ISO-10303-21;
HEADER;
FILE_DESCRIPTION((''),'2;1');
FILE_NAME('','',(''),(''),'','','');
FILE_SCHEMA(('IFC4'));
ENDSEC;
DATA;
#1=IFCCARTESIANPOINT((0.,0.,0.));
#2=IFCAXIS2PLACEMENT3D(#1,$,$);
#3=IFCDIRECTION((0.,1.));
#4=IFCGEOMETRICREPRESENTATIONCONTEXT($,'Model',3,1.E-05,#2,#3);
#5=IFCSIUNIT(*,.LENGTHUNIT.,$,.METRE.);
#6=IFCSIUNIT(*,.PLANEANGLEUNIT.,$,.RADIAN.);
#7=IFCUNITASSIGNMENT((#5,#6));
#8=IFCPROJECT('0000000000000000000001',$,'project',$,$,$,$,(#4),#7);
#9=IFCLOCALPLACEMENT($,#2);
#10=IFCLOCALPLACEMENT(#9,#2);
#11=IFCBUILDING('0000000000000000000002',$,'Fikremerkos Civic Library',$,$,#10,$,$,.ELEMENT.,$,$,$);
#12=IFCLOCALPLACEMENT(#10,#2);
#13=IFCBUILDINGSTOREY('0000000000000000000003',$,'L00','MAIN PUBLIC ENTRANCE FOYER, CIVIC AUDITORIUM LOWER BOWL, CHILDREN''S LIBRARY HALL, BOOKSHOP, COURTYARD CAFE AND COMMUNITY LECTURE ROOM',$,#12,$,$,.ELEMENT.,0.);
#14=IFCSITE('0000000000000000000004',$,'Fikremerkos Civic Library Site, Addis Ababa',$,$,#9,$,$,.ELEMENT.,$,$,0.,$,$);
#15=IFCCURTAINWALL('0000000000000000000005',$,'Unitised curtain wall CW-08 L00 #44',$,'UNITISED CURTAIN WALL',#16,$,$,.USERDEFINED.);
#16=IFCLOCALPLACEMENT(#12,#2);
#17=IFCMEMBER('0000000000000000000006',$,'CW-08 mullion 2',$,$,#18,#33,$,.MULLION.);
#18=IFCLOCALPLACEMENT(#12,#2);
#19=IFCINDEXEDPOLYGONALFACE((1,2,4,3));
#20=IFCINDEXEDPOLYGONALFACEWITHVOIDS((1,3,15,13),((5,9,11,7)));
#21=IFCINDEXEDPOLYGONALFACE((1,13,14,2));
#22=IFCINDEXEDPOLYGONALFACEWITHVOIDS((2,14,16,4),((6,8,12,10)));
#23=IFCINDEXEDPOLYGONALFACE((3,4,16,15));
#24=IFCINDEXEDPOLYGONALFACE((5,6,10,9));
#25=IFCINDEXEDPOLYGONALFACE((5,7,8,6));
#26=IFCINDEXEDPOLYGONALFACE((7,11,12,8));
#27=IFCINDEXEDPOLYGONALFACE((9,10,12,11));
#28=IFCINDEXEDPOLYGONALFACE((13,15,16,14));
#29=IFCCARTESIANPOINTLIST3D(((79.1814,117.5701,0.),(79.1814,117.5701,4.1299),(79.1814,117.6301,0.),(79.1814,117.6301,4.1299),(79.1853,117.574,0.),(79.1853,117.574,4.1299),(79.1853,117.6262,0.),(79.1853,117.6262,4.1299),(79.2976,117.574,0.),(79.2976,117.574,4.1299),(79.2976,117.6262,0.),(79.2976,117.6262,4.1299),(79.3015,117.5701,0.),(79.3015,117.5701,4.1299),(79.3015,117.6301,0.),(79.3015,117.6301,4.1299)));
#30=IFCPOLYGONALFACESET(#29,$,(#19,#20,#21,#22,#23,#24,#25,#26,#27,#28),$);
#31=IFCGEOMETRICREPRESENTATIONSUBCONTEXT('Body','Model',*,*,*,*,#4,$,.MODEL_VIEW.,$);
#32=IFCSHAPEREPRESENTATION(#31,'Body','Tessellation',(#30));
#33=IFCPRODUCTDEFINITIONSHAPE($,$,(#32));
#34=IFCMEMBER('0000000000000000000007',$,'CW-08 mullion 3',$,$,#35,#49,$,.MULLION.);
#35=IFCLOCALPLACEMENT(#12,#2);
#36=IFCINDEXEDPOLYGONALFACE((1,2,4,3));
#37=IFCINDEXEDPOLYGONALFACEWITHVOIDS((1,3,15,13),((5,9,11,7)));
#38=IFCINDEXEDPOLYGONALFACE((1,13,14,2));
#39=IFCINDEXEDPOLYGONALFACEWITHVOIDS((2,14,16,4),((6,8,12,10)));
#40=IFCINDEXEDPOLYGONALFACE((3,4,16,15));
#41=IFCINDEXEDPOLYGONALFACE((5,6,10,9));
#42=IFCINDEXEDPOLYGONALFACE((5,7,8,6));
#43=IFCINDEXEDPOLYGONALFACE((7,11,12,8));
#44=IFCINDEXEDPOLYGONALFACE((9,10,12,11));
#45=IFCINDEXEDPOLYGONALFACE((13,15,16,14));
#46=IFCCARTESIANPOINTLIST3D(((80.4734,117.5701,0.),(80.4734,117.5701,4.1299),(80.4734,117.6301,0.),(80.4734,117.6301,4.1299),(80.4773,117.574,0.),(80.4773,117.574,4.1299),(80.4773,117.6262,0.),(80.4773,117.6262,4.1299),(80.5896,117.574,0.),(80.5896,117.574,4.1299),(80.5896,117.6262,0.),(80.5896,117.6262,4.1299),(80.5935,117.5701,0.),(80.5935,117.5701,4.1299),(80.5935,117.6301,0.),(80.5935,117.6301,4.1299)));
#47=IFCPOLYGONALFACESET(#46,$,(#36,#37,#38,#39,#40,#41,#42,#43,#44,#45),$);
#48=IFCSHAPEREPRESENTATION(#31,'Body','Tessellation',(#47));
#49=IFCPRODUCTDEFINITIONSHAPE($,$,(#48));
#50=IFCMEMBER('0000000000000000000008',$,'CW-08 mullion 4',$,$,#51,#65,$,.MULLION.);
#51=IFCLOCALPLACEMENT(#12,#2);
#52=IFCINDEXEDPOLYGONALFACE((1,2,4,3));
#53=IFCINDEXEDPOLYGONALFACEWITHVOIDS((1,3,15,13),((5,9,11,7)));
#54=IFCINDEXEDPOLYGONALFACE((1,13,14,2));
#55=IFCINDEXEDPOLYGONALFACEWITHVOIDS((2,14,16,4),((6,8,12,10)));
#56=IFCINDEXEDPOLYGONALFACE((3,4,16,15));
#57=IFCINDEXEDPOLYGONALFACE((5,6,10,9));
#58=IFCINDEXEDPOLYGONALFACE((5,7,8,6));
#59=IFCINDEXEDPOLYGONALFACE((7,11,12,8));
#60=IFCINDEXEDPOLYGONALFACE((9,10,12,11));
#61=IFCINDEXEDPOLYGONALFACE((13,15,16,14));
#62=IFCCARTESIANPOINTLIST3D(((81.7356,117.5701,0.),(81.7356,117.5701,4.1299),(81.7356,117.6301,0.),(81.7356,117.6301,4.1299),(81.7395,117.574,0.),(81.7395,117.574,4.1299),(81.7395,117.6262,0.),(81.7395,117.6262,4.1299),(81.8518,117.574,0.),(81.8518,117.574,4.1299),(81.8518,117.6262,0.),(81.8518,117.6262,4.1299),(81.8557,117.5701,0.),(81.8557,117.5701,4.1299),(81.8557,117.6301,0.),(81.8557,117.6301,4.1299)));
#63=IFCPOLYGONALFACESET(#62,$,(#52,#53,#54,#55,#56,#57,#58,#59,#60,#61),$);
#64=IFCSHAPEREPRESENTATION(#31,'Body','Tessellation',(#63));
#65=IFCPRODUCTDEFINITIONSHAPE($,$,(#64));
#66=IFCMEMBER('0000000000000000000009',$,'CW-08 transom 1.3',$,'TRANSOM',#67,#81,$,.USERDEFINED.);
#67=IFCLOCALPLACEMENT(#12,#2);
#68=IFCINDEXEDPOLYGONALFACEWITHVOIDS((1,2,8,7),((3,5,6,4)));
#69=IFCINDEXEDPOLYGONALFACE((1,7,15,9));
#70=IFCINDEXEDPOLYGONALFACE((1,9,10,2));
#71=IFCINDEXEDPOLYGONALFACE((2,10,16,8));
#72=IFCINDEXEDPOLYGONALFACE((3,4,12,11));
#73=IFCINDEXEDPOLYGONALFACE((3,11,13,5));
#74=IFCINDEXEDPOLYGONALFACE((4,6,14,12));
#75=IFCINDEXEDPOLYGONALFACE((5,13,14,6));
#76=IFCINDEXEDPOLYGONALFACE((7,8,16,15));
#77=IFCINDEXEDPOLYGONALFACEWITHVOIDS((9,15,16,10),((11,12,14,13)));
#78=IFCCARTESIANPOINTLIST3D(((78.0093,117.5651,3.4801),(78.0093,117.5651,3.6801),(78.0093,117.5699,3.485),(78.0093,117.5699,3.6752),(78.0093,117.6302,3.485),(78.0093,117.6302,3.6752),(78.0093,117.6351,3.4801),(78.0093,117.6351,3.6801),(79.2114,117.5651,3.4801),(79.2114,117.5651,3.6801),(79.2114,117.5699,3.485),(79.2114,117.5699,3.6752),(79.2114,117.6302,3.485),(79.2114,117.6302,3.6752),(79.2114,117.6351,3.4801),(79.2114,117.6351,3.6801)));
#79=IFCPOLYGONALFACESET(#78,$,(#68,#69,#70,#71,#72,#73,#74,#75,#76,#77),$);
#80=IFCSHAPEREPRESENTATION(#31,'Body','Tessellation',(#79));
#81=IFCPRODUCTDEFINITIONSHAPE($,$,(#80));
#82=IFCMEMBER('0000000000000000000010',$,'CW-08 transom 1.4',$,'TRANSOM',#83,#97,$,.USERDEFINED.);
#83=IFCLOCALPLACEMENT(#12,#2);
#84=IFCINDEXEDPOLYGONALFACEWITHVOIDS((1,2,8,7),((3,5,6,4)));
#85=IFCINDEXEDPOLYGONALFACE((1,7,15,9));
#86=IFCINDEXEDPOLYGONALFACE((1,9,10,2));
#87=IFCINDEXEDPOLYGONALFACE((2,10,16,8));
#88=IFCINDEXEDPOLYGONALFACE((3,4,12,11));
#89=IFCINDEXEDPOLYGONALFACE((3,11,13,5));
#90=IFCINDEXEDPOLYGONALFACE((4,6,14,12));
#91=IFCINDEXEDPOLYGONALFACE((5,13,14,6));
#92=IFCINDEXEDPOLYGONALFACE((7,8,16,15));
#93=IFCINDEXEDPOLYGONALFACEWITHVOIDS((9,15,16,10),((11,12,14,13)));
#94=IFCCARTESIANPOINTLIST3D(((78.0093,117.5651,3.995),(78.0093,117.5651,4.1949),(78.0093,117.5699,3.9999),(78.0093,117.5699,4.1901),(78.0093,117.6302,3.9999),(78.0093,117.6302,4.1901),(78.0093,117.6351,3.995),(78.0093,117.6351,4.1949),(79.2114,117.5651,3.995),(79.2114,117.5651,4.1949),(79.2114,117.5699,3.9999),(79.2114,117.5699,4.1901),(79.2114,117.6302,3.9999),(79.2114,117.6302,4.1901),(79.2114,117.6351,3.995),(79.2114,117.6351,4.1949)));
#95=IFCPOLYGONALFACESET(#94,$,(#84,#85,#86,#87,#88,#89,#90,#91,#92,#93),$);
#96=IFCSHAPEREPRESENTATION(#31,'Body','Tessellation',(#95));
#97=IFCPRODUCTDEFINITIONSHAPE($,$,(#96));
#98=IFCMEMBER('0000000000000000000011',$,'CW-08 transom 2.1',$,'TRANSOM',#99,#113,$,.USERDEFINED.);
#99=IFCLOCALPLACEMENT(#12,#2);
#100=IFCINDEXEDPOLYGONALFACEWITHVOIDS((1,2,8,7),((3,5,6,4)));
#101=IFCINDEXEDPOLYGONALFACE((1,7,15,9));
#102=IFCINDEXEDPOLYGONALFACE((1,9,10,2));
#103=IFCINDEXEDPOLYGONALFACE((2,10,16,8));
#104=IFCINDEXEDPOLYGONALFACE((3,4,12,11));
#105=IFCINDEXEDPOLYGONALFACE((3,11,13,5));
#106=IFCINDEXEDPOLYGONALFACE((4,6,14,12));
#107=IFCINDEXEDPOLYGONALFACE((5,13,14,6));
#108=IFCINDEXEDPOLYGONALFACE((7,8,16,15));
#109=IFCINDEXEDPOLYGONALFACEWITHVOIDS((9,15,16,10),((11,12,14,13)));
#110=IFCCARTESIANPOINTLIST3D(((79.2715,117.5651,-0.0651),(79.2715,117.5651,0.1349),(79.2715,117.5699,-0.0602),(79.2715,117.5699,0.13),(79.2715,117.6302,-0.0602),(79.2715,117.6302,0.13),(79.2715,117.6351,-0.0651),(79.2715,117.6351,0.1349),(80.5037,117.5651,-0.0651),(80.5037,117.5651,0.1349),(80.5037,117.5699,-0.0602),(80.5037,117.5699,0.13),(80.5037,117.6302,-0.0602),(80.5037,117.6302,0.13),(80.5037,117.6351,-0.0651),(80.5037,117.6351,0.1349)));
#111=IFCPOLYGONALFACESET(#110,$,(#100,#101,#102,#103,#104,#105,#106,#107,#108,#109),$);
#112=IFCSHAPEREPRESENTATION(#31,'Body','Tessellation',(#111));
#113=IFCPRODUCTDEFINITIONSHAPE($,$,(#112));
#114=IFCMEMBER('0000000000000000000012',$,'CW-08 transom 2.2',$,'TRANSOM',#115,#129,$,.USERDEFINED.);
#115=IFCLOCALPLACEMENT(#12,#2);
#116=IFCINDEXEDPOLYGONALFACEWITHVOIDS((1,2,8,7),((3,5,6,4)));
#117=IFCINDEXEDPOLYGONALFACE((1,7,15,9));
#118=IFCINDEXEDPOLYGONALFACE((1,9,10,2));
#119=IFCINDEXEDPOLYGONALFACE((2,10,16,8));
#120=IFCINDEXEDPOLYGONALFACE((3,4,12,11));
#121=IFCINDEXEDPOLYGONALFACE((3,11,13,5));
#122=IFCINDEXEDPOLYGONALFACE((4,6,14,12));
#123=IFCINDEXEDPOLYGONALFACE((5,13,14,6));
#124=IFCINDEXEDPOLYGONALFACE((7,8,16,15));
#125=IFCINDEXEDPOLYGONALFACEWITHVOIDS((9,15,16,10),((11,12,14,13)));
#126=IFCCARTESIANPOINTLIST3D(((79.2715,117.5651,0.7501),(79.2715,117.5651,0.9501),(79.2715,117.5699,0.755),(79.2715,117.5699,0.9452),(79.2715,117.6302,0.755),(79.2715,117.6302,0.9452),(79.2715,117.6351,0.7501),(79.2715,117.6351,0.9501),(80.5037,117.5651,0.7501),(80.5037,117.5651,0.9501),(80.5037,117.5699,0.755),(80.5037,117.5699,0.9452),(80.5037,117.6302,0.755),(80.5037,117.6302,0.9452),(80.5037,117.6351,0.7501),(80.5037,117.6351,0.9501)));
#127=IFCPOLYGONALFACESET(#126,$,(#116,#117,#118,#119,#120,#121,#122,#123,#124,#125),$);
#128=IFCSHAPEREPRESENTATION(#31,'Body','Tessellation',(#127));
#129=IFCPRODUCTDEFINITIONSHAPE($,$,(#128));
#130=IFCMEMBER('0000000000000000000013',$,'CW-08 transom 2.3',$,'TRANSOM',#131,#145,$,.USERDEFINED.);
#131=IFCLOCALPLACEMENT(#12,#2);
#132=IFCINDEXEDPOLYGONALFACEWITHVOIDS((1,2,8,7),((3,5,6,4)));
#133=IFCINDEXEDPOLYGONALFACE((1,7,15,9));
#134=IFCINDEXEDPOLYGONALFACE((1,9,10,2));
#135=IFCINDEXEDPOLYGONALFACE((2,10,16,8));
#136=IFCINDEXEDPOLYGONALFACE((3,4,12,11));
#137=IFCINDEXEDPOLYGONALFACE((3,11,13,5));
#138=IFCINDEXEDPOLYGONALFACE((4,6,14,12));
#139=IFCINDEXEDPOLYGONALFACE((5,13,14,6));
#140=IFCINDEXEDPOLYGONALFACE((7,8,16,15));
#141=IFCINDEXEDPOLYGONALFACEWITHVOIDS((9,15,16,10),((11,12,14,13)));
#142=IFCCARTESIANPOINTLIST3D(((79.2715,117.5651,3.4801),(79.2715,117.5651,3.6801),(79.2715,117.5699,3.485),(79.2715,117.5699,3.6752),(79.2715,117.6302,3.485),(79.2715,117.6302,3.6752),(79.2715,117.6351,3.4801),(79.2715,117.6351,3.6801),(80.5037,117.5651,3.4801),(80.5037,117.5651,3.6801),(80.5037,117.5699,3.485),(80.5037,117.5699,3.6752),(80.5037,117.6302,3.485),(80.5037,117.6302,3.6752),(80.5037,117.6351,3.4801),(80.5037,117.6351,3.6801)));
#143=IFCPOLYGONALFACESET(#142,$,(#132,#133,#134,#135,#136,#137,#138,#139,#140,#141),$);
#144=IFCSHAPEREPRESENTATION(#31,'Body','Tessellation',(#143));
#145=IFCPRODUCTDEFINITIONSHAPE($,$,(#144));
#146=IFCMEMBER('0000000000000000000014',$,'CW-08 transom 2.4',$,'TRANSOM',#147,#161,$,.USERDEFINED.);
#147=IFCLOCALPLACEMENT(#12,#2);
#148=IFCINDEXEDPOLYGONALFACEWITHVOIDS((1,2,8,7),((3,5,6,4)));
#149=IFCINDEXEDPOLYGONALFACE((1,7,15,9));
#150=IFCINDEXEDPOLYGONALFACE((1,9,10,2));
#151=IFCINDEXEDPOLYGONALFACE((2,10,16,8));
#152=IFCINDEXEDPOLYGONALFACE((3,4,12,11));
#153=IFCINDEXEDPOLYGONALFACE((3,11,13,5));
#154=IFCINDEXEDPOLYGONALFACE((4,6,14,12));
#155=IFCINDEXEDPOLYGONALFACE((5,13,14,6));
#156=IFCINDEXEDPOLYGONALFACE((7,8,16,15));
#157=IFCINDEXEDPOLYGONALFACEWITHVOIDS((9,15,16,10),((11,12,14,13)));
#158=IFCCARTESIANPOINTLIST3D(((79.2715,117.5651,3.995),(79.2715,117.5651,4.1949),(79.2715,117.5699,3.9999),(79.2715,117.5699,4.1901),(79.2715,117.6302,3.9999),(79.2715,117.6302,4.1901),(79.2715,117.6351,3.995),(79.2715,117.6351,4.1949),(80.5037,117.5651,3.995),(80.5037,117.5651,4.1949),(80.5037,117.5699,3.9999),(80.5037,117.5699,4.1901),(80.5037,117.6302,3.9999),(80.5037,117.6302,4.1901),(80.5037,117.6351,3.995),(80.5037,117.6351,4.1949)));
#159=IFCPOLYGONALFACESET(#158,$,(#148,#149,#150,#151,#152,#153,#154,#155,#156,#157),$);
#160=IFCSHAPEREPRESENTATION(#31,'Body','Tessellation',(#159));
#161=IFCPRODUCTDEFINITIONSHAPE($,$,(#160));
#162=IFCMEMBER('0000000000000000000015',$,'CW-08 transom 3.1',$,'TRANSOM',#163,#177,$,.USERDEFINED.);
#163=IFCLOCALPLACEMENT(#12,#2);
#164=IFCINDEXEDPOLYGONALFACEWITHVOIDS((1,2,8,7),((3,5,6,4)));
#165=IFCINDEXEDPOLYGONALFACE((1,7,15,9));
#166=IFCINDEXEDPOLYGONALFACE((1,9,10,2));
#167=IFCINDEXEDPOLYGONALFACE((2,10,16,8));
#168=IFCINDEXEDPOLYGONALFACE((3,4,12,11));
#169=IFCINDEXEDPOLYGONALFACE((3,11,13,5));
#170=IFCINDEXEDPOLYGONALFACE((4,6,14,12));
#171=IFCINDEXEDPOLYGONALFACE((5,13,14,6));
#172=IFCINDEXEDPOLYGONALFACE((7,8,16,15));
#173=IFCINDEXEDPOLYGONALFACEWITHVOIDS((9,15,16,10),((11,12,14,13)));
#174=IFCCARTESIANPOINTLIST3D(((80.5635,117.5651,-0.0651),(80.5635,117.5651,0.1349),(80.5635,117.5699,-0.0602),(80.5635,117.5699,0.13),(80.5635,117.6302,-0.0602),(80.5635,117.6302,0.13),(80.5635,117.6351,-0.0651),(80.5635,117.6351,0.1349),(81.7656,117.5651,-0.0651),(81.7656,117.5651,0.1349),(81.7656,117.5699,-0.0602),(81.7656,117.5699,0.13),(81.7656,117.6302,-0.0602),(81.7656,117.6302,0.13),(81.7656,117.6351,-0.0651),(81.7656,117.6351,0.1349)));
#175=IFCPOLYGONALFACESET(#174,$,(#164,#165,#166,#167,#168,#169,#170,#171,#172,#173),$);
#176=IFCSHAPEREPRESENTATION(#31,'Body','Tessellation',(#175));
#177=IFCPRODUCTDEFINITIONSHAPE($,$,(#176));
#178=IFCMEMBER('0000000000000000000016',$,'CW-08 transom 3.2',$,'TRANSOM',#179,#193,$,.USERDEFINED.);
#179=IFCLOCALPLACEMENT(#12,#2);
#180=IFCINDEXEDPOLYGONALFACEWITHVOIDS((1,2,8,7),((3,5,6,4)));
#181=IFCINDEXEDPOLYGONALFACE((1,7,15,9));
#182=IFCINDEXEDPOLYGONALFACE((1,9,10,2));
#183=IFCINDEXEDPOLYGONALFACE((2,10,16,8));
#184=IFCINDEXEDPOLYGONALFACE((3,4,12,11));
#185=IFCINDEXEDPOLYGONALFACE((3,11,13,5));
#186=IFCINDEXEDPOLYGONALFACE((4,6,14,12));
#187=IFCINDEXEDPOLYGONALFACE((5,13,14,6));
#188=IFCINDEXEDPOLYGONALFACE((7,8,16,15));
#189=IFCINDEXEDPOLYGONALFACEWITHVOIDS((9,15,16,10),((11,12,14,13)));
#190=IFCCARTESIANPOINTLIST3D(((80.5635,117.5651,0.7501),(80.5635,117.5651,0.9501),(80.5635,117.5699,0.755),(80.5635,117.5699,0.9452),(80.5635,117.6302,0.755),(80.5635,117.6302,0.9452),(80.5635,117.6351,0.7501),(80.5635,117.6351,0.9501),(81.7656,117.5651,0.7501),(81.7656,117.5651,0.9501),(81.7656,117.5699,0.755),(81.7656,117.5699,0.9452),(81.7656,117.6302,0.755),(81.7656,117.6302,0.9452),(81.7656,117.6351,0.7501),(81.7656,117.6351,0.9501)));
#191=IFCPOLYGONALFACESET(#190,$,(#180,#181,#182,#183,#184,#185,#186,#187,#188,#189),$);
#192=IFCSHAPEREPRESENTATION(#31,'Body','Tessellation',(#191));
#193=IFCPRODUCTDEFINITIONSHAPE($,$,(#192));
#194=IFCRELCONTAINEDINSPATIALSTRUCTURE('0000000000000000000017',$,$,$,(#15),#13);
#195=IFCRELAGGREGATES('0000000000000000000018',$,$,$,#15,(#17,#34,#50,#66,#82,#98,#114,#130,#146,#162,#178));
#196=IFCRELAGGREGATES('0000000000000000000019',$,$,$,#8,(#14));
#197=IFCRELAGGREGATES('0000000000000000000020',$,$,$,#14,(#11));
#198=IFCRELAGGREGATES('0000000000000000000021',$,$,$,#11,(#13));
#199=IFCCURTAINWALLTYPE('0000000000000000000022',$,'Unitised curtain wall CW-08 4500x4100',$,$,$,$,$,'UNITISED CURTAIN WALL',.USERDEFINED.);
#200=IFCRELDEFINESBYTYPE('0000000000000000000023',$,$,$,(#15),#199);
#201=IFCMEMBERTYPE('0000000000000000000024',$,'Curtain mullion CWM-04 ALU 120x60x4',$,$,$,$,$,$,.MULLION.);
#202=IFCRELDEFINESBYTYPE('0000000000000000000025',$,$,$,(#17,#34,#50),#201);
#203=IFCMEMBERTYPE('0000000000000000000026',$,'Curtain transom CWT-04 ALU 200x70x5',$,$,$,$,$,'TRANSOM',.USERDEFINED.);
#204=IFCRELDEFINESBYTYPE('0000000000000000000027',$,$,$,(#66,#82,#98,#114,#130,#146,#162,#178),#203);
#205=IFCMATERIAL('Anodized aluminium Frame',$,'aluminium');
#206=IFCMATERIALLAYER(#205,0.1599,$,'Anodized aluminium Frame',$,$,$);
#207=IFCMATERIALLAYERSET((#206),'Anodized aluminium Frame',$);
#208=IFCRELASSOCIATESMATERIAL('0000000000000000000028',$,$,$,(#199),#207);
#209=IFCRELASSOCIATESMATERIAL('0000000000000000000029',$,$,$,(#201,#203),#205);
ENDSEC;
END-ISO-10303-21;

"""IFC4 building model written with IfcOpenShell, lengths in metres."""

from ifc_helpers import new_model, si_unit, direction, frame, origin, origin_2d, place, context, subcontext, project, spatial, hollow_rectangle, extrude, material, layer, layer_set, material_profile, profile_set, type_object, element, aggregate, save


model = new_model("IFC4")

# Units and contexts
model_context = context("Model", 3, precision=1e-05, world=origin(), true_north=direction((0.0, 1.0)))
body_context = subcontext(model_context, "Body", "Model", "MODEL_VIEW")
ifc_project = project(units=[si_unit("LENGTHUNIT", "METRE"), si_unit("PLANEANGLEUNIT", "RADIAN")], contexts=[model_context])

# Site, building, storey
site_placement = place(None, origin())
site = spatial("IfcSite", under=ifc_project, at=site_placement, Name="Fikremerkos Civic Library Site, Addis Ababa", CompositionType="ELEMENT", RefElevation=0.0)
building_placement = place(site_placement, origin())
building = spatial("IfcBuilding", under=site, at=building_placement, Name="Fikremerkos Civic Library", CompositionType="ELEMENT")
storey_placement = place(building_placement, origin())
storey = spatial("IfcBuildingStorey", under=building, at=storey_placement, Name="L00", Description="MAIN PUBLIC ENTRANCE FOYER, CIVIC AUDITORIUM LOWER BOWL, CHILDREN'S LIBRARY HALL, BOOKSHOP, COURTYARD CAFE AND COMMUNITY LECTURE ROOM", CompositionType="ELEMENT", Elevation=0.0)

# Curtain wall, members
ifc_material_1 = material(Name="Anodized aluminium Frame", Category="aluminium")
ifc_layer_1 = layer(ifc_material_1, 0.1599, Name="Anodized aluminium Frame")
ifc_layer_set_1 = layer_set([ifc_layer_1], Name="Anodized aluminium Frame")
curtain_wall_type = type_object("IfcCurtainWallType", Name="Unitised curtain wall CW-08 4500x4100", ElementType="UNITISED CURTAIN WALL", PredefinedType="USERDEFINED", material=ifc_layer_set_1)
curtain_wall_placement = place(storey_placement, origin())
curtain_wall = element("IfcCurtainWall", 1, at=curtain_wall_placement, inside=storey, type_object=curtain_wall_type, Name="Unitised curtain wall CW-08 L00 #44", ObjectType="UNITISED CURTAIN WALL", PredefinedType="USERDEFINED")
ifc_material_profile_1 = material_profile(ifc_material_1, hollow_rectangle(XDim=0.0601, YDim=0.1201, WallThickness=0.0039, at=origin_2d()), Name="ALU 120x60x4")
ifc_profile_set_1 = profile_set([ifc_material_profile_1], Name="Anodized aluminium Frame")
member_type_1 = type_object("IfcMemberType", Name="Curtain mullion CWM-04 ALU 120x60x4", PredefinedType="MULLION", material=ifc_profile_set_1)
member_1_placement = place(storey_placement, frame((79.2415, 117.6001, 0.0), z_axis=(0.0, 0.0, 1.0), x_axis=(0.0, 1.0, 0.0)))
member_1 = element("IfcMember", 2, at=member_1_placement, type_object=member_type_1, Name="CW-08 mullion 2", PredefinedType="MULLION", context=body_context, shape_type="SweptSolid", body=[
    extrude(hollow_rectangle(XDim=0.0601, YDim=0.1201, WallThickness=0.0039, at=origin_2d()), origin(), (0.0, 0.0, 1.0), 4.1299),
])
member_2_placement = place(storey_placement, frame((80.5334, 117.6001, 0.0), z_axis=(0.0, 0.0, 1.0), x_axis=(0.0, 1.0, 0.0)))
member_2 = element("IfcMember", 3, at=member_2_placement, type_object=member_type_1, Name="CW-08 mullion 3", PredefinedType="MULLION", context=body_context, shape_type="SweptSolid", body=[
    extrude(hollow_rectangle(XDim=0.0601, YDim=0.1201, WallThickness=0.0039, at=origin_2d()), origin(), (0.0, 0.0, 1.0), 4.1299),
])
member_3_placement = place(storey_placement, frame((81.7957, 117.6001, 0.0), z_axis=(0.0, 0.0, 1.0), x_axis=(0.0, 1.0, 0.0)))
member_3 = element("IfcMember", 4, at=member_3_placement, type_object=member_type_1, Name="CW-08 mullion 4", PredefinedType="MULLION", context=body_context, shape_type="SweptSolid", body=[
    extrude(hollow_rectangle(XDim=0.0601, YDim=0.1201, WallThickness=0.0039, at=origin_2d()), origin(), (0.0, 0.0, 1.0), 4.1299),
])
ifc_material_profile_2 = material_profile(ifc_material_1, hollow_rectangle(XDim=0.0701, YDim=0.2, WallThickness=0.0049, at=origin_2d()), Name="ALU 200x70x5")
ifc_profile_set_2 = profile_set([ifc_material_profile_2], Name="Anodized aluminium Frame")
member_type_2 = type_object("IfcMemberType", Name="Curtain transom CWT-04 ALU 200x70x5", ElementType="TRANSOM", PredefinedType="USERDEFINED", material=ifc_profile_set_2)
member_4_placement = place(storey_placement, frame((78.0093, 117.6001, 3.5801), z_axis=(1.0, 0.0, 0.0), x_axis=(0.0, 1.0, 0.0)))
member_4 = element("IfcMember", 5, at=member_4_placement, type_object=member_type_2, Name="CW-08 transom 1.3", ObjectType="TRANSOM", PredefinedType="USERDEFINED", context=body_context, shape_type="SweptSolid", body=[
    extrude(hollow_rectangle(XDim=0.0701, YDim=0.2, WallThickness=0.0049, at=origin_2d()), origin(), (0.0, 0.0, 1.0), 1.2021),
])
member_5_placement = place(storey_placement, frame((78.0093, 117.6001, 4.095), z_axis=(1.0, 0.0, 0.0), x_axis=(0.0, 1.0, 0.0)))
member_5 = element("IfcMember", 6, at=member_5_placement, type_object=member_type_2, Name="CW-08 transom 1.4", ObjectType="TRANSOM", PredefinedType="USERDEFINED", context=body_context, shape_type="SweptSolid", body=[
    extrude(hollow_rectangle(XDim=0.0701, YDim=0.2, WallThickness=0.0049, at=origin_2d()), origin(), (0.0, 0.0, 1.0), 1.2021),
])
member_6_placement = place(storey_placement, frame((79.2715, 117.6001, 0.0349), z_axis=(1.0, 0.0, 0.0), x_axis=(0.0, 1.0, 0.0)))
member_6 = element("IfcMember", 7, at=member_6_placement, type_object=member_type_2, Name="CW-08 transom 2.1", ObjectType="TRANSOM", PredefinedType="USERDEFINED", context=body_context, shape_type="SweptSolid", body=[
    extrude(hollow_rectangle(XDim=0.0701, YDim=0.2, WallThickness=0.0049, at=origin_2d()), origin(), (0.0, 0.0, 1.0), 1.2322),
])
member_7_placement = place(storey_placement, frame((79.2715, 117.6001, 0.8501), z_axis=(1.0, 0.0, 0.0), x_axis=(0.0, 1.0, 0.0)))
member_7 = element("IfcMember", 8, at=member_7_placement, type_object=member_type_2, Name="CW-08 transom 2.2", ObjectType="TRANSOM", PredefinedType="USERDEFINED", context=body_context, shape_type="SweptSolid", body=[
    extrude(hollow_rectangle(XDim=0.0701, YDim=0.2, WallThickness=0.0049, at=origin_2d()), origin(), (0.0, 0.0, 1.0), 1.2322),
])
member_8_placement = place(storey_placement, frame((79.2715, 117.6001, 3.5801), z_axis=(1.0, 0.0, 0.0), x_axis=(0.0, 1.0, 0.0)))
member_8 = element("IfcMember", 9, at=member_8_placement, type_object=member_type_2, Name="CW-08 transom 2.3", ObjectType="TRANSOM", PredefinedType="USERDEFINED", context=body_context, shape_type="SweptSolid", body=[
    extrude(hollow_rectangle(XDim=0.0701, YDim=0.2, WallThickness=0.0049, at=origin_2d()), origin(), (0.0, 0.0, 1.0), 1.2322),
])
member_9_placement = place(storey_placement, frame((79.2715, 117.6001, 4.095), z_axis=(1.0, 0.0, 0.0), x_axis=(0.0, 1.0, 0.0)))
member_9 = element("IfcMember", 10, at=member_9_placement, type_object=member_type_2, Name="CW-08 transom 2.4", ObjectType="TRANSOM", PredefinedType="USERDEFINED", context=body_context, shape_type="SweptSolid", body=[
    extrude(hollow_rectangle(XDim=0.0701, YDim=0.2, WallThickness=0.0049, at=origin_2d()), origin(), (0.0, 0.0, 1.0), 1.2322),
])
member_10_placement = place(storey_placement, frame((80.5635, 117.6001, 0.0349), z_axis=(1.0, 0.0, 0.0), x_axis=(0.0, 1.0, 0.0)))
member_10 = element("IfcMember", 11, at=member_10_placement, type_object=member_type_2, Name="CW-08 transom 3.1", ObjectType="TRANSOM", PredefinedType="USERDEFINED", context=body_context, shape_type="SweptSolid", body=[
    extrude(hollow_rectangle(XDim=0.0701, YDim=0.2, WallThickness=0.0049, at=origin_2d()), origin(), (0.0, 0.0, 1.0), 1.2021),
])
member_11_placement = place(storey_placement, frame((80.5635, 117.6001, 0.8501), z_axis=(1.0, 0.0, 0.0), x_axis=(0.0, 1.0, 0.0)))
member_11 = element("IfcMember", 12, at=member_11_placement, type_object=member_type_2, Name="CW-08 transom 3.2", ObjectType="TRANSOM", PredefinedType="USERDEFINED", context=body_context, shape_type="SweptSolid", body=[
    extrude(hollow_rectangle(XDim=0.0701, YDim=0.2, WallThickness=0.0049, at=origin_2d()), origin(), (0.0, 0.0, 1.0), 1.2021),
])
aggregate(curtain_wall, [member_1, member_2, member_3, member_4, member_5, member_6, member_7, member_8, member_9, member_10, member_11])

save(model, "model.ifc")
